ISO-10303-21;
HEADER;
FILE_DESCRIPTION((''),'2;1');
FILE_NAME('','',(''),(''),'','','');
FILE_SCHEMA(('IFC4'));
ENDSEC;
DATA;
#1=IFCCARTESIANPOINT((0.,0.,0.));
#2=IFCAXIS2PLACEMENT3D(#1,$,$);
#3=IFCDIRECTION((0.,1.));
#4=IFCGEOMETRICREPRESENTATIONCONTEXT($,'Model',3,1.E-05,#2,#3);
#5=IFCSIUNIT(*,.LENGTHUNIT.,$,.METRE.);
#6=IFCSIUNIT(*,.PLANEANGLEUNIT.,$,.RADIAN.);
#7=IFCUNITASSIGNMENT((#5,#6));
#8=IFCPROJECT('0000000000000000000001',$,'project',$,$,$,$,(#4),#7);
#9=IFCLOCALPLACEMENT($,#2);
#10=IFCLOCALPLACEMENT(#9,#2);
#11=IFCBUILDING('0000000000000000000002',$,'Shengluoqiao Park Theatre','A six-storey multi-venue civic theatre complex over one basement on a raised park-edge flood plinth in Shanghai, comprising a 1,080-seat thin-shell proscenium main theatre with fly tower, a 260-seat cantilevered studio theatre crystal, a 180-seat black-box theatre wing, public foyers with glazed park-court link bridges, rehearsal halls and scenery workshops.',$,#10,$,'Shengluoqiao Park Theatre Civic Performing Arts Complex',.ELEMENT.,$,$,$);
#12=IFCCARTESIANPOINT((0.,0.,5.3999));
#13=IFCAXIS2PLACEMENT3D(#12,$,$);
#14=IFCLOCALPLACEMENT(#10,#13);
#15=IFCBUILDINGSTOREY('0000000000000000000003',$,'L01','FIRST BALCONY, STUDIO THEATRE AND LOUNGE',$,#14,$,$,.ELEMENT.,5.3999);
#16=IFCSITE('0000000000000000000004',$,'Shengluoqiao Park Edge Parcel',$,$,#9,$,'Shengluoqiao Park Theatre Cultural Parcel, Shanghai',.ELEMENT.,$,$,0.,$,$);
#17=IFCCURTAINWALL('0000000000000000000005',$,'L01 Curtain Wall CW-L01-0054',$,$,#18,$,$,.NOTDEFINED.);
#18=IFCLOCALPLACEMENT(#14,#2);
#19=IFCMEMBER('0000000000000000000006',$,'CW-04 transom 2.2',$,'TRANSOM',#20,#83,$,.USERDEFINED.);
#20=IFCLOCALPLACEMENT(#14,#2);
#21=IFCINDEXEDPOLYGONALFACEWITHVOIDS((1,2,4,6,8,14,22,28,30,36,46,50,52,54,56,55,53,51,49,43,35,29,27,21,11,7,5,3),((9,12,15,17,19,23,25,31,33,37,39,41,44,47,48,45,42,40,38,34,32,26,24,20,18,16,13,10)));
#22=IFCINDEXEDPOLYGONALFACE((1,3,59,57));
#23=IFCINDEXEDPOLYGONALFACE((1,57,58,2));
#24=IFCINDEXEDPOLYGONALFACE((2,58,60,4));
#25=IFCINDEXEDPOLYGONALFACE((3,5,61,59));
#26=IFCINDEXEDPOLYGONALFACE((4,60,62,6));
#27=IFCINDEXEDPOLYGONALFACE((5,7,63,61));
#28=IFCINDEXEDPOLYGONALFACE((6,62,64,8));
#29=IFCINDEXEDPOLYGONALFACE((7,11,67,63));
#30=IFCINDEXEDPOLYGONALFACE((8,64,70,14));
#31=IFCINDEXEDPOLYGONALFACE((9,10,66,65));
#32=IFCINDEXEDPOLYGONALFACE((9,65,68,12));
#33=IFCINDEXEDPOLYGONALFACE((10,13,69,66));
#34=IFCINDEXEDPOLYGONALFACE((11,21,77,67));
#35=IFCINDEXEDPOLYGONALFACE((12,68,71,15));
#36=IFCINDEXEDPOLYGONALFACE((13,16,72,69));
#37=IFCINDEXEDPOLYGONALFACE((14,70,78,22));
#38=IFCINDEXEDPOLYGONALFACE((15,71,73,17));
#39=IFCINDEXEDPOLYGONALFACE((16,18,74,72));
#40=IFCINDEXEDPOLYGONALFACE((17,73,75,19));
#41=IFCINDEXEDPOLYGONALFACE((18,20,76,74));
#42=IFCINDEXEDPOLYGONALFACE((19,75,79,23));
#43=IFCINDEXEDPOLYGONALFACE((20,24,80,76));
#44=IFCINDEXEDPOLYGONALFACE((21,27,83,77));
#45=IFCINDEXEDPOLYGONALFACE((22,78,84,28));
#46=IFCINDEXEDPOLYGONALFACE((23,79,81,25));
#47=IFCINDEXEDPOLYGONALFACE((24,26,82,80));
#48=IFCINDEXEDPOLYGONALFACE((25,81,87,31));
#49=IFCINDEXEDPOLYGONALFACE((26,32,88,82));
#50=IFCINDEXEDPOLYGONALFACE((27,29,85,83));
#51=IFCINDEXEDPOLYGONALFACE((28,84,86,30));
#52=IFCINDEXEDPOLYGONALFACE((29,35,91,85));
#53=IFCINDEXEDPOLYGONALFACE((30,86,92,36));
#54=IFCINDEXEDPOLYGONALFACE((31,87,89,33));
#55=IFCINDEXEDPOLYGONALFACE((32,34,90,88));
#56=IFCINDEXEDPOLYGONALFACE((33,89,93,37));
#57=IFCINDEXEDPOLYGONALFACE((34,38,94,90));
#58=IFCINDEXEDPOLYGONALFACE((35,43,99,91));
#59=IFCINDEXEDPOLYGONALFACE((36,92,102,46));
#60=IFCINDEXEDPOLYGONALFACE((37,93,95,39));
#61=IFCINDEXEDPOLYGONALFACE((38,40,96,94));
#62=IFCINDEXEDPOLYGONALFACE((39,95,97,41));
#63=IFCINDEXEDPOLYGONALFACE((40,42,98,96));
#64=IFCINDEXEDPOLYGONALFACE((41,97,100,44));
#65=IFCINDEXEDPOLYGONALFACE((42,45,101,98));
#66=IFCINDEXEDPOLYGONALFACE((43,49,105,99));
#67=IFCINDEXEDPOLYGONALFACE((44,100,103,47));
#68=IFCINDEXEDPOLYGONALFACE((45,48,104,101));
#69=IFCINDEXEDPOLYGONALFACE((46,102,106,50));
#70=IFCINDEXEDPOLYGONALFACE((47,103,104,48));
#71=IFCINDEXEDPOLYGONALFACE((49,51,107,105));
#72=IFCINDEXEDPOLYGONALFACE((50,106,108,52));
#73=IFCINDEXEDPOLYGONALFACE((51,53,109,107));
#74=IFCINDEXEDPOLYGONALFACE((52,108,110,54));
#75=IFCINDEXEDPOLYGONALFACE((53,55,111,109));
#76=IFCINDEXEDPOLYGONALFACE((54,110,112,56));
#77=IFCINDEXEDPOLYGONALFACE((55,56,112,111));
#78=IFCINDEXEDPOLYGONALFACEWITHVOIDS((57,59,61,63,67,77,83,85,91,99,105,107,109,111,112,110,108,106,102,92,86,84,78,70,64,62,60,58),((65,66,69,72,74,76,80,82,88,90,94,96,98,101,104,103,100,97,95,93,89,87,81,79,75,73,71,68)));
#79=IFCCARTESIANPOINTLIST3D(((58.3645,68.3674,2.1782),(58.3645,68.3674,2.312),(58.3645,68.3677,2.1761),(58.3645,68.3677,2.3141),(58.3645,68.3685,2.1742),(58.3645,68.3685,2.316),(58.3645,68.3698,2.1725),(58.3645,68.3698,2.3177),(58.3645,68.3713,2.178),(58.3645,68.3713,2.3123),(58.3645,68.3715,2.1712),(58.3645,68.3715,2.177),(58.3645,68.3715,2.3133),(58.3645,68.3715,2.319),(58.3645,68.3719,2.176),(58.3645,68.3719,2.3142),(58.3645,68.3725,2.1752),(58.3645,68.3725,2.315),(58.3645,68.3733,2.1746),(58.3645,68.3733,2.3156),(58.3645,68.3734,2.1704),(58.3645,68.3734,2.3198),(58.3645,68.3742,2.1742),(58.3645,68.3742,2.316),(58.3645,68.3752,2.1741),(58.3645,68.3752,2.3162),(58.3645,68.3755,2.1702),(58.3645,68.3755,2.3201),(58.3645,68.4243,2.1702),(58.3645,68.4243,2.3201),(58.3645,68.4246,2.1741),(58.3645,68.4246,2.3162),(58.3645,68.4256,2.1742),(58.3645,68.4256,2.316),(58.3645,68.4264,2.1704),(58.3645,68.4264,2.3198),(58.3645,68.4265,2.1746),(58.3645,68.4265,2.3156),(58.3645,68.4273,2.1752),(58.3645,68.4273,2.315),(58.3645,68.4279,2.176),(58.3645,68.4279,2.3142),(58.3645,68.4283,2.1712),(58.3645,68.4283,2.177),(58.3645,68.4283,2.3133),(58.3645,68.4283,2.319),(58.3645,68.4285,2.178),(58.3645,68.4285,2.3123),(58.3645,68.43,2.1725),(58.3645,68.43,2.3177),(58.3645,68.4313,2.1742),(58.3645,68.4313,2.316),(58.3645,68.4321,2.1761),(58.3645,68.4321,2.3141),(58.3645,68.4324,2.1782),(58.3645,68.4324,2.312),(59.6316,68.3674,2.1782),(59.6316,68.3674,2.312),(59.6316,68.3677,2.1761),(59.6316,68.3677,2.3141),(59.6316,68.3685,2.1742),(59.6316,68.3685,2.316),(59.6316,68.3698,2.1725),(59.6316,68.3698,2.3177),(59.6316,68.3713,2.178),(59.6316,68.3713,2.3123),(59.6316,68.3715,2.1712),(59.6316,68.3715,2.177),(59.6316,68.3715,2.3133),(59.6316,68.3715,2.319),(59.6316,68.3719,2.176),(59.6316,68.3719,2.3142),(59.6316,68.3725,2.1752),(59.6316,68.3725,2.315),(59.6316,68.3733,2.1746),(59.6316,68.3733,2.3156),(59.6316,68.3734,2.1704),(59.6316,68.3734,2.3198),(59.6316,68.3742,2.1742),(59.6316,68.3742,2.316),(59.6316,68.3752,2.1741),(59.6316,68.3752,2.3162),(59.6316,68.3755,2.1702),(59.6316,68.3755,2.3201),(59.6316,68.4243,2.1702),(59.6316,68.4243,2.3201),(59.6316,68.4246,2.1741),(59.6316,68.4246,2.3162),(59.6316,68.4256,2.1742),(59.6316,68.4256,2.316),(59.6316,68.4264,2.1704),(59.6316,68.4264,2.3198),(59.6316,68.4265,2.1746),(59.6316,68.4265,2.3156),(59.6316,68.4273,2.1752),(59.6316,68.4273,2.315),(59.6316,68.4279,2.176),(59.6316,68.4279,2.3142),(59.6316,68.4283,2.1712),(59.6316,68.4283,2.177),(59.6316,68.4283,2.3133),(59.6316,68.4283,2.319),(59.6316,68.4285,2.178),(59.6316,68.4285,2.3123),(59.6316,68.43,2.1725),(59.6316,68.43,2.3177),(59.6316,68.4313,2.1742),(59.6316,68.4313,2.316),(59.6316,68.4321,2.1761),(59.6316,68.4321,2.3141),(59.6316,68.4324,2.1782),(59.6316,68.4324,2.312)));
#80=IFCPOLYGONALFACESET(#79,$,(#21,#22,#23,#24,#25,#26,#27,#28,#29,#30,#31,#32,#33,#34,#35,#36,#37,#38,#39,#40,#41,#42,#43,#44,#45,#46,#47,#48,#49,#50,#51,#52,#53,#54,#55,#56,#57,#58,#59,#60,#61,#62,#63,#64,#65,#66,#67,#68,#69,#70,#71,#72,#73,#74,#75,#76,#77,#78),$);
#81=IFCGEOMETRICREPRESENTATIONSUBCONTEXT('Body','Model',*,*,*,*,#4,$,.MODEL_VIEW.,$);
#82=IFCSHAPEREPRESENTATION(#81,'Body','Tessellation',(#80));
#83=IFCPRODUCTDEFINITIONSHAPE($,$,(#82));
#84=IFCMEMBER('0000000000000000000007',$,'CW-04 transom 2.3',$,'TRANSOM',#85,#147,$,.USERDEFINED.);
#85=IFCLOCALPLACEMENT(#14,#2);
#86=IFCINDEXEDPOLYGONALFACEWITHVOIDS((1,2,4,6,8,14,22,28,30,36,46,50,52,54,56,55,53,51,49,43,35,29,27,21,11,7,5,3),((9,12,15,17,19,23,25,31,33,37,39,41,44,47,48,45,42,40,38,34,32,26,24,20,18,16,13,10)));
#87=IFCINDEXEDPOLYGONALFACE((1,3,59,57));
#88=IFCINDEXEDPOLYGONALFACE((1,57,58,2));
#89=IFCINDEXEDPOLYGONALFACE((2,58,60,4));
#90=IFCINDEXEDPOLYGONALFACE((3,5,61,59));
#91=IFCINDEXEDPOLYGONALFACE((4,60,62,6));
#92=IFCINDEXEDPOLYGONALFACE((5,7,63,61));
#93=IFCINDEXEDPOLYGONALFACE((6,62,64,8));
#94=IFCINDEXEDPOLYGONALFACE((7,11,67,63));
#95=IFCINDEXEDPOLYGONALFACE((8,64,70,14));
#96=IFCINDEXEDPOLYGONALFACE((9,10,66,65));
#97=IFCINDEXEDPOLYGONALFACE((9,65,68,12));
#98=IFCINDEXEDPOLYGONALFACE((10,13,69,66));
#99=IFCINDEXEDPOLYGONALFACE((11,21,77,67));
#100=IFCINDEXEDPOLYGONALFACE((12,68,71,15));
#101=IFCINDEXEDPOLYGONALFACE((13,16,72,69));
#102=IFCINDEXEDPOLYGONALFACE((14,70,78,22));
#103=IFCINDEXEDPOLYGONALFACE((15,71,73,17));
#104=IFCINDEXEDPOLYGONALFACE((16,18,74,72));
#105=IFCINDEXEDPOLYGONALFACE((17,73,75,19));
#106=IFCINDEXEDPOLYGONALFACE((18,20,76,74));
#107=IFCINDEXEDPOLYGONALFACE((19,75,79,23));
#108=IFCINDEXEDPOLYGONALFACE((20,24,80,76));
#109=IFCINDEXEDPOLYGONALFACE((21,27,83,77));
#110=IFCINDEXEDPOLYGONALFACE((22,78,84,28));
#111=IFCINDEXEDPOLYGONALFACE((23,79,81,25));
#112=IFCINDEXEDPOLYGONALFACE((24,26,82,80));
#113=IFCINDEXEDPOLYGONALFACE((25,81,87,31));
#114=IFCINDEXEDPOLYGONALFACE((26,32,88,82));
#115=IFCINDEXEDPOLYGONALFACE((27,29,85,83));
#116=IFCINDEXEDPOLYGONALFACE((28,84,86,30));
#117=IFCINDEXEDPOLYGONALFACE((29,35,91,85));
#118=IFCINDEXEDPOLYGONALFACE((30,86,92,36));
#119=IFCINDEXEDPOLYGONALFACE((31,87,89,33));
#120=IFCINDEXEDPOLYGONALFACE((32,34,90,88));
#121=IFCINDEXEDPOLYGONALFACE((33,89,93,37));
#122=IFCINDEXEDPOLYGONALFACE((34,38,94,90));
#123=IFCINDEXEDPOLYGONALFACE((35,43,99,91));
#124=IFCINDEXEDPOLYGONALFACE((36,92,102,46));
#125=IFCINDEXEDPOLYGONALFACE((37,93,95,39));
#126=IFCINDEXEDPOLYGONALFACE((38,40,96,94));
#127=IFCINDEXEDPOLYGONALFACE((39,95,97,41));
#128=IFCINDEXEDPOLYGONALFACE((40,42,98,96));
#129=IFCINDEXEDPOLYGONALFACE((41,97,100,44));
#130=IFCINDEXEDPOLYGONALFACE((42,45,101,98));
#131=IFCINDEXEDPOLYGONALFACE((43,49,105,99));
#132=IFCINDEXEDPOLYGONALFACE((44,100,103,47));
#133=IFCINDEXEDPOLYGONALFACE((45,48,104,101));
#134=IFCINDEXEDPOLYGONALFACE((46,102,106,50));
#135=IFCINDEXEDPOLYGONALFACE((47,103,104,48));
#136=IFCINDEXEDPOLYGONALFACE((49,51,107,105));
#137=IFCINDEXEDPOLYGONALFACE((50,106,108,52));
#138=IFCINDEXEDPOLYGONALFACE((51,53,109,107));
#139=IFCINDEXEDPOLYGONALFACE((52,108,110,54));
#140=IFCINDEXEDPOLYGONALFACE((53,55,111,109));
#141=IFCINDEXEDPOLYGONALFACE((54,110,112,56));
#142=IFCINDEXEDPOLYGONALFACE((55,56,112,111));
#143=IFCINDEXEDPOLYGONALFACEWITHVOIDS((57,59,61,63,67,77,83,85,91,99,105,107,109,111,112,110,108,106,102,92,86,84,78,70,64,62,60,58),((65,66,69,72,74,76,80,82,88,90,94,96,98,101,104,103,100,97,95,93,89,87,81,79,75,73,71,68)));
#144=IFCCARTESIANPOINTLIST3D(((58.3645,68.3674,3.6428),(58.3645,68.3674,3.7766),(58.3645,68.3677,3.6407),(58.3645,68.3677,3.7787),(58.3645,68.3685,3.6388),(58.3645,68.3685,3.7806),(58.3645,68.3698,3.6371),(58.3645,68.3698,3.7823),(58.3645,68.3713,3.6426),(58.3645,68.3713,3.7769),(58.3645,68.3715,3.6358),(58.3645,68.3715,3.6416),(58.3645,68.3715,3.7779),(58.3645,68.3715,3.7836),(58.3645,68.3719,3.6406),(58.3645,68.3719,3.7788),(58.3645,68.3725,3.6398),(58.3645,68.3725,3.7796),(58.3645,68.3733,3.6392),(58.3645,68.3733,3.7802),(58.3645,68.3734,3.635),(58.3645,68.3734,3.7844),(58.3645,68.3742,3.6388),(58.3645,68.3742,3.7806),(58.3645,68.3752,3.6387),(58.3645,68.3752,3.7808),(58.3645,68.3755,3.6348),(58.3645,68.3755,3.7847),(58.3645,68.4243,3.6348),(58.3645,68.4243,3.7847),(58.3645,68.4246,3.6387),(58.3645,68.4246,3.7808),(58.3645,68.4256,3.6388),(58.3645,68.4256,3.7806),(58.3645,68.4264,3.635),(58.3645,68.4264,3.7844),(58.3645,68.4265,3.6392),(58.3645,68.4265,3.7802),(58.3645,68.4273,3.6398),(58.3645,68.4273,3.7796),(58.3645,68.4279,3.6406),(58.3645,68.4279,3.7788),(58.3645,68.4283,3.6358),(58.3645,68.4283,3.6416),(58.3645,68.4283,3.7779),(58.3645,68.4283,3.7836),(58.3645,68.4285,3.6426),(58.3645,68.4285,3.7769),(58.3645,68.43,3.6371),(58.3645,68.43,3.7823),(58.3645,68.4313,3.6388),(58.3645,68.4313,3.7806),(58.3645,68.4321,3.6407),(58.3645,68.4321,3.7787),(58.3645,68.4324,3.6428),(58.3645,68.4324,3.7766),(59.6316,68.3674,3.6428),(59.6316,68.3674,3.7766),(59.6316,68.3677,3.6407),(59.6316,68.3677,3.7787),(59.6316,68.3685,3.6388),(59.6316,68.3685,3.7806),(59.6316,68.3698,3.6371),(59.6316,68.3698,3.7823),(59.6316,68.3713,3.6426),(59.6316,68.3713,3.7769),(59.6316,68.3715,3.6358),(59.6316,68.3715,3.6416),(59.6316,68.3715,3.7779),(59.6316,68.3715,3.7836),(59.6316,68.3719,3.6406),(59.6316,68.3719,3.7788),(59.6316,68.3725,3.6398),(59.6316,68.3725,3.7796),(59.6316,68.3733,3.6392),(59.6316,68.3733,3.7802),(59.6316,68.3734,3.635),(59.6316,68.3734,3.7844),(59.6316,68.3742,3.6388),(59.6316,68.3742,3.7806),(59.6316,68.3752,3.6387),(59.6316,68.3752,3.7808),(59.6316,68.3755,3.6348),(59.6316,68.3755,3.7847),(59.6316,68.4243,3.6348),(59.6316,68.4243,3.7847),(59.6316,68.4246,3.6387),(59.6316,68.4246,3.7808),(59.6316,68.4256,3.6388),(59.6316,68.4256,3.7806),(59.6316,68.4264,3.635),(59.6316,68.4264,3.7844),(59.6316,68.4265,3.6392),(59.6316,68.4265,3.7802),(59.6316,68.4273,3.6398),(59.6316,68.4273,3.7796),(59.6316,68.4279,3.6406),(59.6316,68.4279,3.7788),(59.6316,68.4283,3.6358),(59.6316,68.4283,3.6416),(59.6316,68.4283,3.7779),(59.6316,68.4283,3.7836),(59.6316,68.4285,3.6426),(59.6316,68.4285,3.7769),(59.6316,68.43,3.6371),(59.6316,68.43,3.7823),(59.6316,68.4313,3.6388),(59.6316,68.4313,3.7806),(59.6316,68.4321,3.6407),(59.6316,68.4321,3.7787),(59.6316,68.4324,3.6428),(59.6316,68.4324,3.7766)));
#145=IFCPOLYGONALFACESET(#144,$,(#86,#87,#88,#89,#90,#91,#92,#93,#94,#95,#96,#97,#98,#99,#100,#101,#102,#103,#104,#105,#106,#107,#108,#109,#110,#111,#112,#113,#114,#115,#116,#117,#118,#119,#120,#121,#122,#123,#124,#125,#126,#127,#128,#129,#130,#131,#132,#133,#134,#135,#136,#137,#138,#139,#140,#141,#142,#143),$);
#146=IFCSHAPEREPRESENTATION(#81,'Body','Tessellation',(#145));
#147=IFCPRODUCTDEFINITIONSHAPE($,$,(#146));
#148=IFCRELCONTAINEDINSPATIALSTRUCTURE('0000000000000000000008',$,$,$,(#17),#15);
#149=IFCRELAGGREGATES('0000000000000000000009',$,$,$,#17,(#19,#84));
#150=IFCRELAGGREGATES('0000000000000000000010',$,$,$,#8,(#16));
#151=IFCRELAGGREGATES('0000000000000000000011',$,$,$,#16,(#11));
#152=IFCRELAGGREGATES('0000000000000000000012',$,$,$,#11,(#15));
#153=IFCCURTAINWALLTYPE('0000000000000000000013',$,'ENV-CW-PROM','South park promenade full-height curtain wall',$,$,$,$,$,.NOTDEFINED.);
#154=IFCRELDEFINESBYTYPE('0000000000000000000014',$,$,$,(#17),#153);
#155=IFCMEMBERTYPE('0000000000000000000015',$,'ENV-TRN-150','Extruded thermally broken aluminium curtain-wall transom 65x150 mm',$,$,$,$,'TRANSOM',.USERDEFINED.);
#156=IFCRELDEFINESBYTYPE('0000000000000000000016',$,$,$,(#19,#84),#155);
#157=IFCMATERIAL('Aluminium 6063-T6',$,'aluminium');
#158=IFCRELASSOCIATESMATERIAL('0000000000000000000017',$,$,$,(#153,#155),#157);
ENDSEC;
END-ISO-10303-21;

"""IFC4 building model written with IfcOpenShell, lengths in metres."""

from ifc_helpers import new_model, si_unit, direction, frame, origin, origin_2d, place, context, subcontext, project, spatial, hollow_rectangle, extrude, material, material_profile, profile_set, type_object, element, aggregate, save


model = new_model("IFC4")

# Units and contexts
model_context = context("Model", 3, precision=1e-05, world=origin(), true_north=direction((0.0, 1.0)))
body_context = subcontext(model_context, "Body", "Model", "MODEL_VIEW")
ifc_project = project(units=[si_unit("LENGTHUNIT", "METRE"), si_unit("PLANEANGLEUNIT", "RADIAN")], contexts=[model_context])

# Site, building, storey
site_placement = place(None, origin())
site = spatial("IfcSite", under=ifc_project, at=site_placement, Name="Shengluoqiao Park Edge Parcel", LongName="Shengluoqiao Park Theatre Cultural Parcel, Shanghai", CompositionType="ELEMENT", RefElevation=0.0)
building_placement = place(site_placement, origin())
building = spatial("IfcBuilding", under=site, at=building_placement, Name="Shengluoqiao Park Theatre", Description="A six-storey multi-venue civic theatre complex over one basement on a raised park-edge flood plinth in Shanghai, comprising a 1,080-seat thin-shell proscenium main theatre with fly tower, a 260-seat cantilevered studio theatre crystal, a 180-seat black-box theatre wing, public foyers with glazed park-court link bridges, rehearsal halls and scenery workshops.", LongName="Shengluoqiao Park Theatre Civic Performing Arts Complex", CompositionType="ELEMENT")
storey_placement = place(building_placement, frame((0.0, 0.0, 5.3999)))
storey = spatial("IfcBuildingStorey", under=building, at=storey_placement, Name="L01", Description="FIRST BALCONY, STUDIO THEATRE AND LOUNGE", CompositionType="ELEMENT", Elevation=5.3999)

# Curtain wall
ifc_material_1 = material(Name="Aluminium 6063-T6", Category="aluminium")
curtain_wall_type = type_object("IfcCurtainWallType", Name="ENV-CW-PROM", Description="South park promenade full-height curtain wall", PredefinedType="NOTDEFINED", material=ifc_material_1)
curtain_wall_1_placement = place(storey_placement, origin())
curtain_wall_1 = element("IfcCurtainWall", 1, at=curtain_wall_1_placement, inside=storey, type_object=curtain_wall_type, Name="L01 Curtain Wall CW-L01-0054", PredefinedType="NOTDEFINED")

# Members
ifc_material_profile_1 = material_profile(ifc_material_1, hollow_rectangle(XDim=0.0649, YDim=0.1499, WallThickness=0.0039, InnerFilletRadius=0.0039, OuterFilletRadius=0.0081, at=origin_2d()), Name="ALU TRANSOM 150x65x4")
ifc_profile_set_1 = profile_set([ifc_material_profile_1], Name="Aluminium 6063-T6")
member_type_1 = type_object("IfcMemberType", Name="ENV-TRN-150", Description="Extruded thermally broken aluminium curtain-wall transom 65x150 mm", ElementType="TRANSOM", PredefinedType="USERDEFINED", material=ifc_profile_set_1)
member_1_placement = place(storey_placement, frame((58.3645, 68.3999, 2.2451), z_axis=(1.0, 0.0, 0.0), x_axis=(0.0, 1.0, 0.0)))
member_1 = element("IfcMember", 2, at=member_1_placement, type_object=member_type_1, Name="CW-04 transom 2.2", ObjectType="TRANSOM", PredefinedType="USERDEFINED", context=body_context, shape_type="SweptSolid", body=[
    extrude(hollow_rectangle(XDim=0.0649, YDim=0.1499, WallThickness=0.0039, InnerFilletRadius=0.0039, OuterFilletRadius=0.0081, at=origin_2d()), origin(), (0.0, 0.0, 1.0), 1.2671),
])
member_2_placement = place(storey_placement, frame((58.3645, 68.3999, 3.7097), z_axis=(1.0, 0.0, 0.0), x_axis=(0.0, 1.0, 0.0)))
member_2 = element("IfcMember", 3, at=member_2_placement, type_object=member_type_1, Name="CW-04 transom 2.3", ObjectType="TRANSOM", PredefinedType="USERDEFINED", context=body_context, shape_type="SweptSolid", body=[
    extrude(hollow_rectangle(XDim=0.0649, YDim=0.1499, WallThickness=0.0039, InnerFilletRadius=0.0039, OuterFilletRadius=0.0081, at=origin_2d()), origin(), (0.0, 0.0, 1.0), 1.2671),
])

aggregate(curtain_wall_1, [member_1, member_2])

save(model, "model.ifc")
